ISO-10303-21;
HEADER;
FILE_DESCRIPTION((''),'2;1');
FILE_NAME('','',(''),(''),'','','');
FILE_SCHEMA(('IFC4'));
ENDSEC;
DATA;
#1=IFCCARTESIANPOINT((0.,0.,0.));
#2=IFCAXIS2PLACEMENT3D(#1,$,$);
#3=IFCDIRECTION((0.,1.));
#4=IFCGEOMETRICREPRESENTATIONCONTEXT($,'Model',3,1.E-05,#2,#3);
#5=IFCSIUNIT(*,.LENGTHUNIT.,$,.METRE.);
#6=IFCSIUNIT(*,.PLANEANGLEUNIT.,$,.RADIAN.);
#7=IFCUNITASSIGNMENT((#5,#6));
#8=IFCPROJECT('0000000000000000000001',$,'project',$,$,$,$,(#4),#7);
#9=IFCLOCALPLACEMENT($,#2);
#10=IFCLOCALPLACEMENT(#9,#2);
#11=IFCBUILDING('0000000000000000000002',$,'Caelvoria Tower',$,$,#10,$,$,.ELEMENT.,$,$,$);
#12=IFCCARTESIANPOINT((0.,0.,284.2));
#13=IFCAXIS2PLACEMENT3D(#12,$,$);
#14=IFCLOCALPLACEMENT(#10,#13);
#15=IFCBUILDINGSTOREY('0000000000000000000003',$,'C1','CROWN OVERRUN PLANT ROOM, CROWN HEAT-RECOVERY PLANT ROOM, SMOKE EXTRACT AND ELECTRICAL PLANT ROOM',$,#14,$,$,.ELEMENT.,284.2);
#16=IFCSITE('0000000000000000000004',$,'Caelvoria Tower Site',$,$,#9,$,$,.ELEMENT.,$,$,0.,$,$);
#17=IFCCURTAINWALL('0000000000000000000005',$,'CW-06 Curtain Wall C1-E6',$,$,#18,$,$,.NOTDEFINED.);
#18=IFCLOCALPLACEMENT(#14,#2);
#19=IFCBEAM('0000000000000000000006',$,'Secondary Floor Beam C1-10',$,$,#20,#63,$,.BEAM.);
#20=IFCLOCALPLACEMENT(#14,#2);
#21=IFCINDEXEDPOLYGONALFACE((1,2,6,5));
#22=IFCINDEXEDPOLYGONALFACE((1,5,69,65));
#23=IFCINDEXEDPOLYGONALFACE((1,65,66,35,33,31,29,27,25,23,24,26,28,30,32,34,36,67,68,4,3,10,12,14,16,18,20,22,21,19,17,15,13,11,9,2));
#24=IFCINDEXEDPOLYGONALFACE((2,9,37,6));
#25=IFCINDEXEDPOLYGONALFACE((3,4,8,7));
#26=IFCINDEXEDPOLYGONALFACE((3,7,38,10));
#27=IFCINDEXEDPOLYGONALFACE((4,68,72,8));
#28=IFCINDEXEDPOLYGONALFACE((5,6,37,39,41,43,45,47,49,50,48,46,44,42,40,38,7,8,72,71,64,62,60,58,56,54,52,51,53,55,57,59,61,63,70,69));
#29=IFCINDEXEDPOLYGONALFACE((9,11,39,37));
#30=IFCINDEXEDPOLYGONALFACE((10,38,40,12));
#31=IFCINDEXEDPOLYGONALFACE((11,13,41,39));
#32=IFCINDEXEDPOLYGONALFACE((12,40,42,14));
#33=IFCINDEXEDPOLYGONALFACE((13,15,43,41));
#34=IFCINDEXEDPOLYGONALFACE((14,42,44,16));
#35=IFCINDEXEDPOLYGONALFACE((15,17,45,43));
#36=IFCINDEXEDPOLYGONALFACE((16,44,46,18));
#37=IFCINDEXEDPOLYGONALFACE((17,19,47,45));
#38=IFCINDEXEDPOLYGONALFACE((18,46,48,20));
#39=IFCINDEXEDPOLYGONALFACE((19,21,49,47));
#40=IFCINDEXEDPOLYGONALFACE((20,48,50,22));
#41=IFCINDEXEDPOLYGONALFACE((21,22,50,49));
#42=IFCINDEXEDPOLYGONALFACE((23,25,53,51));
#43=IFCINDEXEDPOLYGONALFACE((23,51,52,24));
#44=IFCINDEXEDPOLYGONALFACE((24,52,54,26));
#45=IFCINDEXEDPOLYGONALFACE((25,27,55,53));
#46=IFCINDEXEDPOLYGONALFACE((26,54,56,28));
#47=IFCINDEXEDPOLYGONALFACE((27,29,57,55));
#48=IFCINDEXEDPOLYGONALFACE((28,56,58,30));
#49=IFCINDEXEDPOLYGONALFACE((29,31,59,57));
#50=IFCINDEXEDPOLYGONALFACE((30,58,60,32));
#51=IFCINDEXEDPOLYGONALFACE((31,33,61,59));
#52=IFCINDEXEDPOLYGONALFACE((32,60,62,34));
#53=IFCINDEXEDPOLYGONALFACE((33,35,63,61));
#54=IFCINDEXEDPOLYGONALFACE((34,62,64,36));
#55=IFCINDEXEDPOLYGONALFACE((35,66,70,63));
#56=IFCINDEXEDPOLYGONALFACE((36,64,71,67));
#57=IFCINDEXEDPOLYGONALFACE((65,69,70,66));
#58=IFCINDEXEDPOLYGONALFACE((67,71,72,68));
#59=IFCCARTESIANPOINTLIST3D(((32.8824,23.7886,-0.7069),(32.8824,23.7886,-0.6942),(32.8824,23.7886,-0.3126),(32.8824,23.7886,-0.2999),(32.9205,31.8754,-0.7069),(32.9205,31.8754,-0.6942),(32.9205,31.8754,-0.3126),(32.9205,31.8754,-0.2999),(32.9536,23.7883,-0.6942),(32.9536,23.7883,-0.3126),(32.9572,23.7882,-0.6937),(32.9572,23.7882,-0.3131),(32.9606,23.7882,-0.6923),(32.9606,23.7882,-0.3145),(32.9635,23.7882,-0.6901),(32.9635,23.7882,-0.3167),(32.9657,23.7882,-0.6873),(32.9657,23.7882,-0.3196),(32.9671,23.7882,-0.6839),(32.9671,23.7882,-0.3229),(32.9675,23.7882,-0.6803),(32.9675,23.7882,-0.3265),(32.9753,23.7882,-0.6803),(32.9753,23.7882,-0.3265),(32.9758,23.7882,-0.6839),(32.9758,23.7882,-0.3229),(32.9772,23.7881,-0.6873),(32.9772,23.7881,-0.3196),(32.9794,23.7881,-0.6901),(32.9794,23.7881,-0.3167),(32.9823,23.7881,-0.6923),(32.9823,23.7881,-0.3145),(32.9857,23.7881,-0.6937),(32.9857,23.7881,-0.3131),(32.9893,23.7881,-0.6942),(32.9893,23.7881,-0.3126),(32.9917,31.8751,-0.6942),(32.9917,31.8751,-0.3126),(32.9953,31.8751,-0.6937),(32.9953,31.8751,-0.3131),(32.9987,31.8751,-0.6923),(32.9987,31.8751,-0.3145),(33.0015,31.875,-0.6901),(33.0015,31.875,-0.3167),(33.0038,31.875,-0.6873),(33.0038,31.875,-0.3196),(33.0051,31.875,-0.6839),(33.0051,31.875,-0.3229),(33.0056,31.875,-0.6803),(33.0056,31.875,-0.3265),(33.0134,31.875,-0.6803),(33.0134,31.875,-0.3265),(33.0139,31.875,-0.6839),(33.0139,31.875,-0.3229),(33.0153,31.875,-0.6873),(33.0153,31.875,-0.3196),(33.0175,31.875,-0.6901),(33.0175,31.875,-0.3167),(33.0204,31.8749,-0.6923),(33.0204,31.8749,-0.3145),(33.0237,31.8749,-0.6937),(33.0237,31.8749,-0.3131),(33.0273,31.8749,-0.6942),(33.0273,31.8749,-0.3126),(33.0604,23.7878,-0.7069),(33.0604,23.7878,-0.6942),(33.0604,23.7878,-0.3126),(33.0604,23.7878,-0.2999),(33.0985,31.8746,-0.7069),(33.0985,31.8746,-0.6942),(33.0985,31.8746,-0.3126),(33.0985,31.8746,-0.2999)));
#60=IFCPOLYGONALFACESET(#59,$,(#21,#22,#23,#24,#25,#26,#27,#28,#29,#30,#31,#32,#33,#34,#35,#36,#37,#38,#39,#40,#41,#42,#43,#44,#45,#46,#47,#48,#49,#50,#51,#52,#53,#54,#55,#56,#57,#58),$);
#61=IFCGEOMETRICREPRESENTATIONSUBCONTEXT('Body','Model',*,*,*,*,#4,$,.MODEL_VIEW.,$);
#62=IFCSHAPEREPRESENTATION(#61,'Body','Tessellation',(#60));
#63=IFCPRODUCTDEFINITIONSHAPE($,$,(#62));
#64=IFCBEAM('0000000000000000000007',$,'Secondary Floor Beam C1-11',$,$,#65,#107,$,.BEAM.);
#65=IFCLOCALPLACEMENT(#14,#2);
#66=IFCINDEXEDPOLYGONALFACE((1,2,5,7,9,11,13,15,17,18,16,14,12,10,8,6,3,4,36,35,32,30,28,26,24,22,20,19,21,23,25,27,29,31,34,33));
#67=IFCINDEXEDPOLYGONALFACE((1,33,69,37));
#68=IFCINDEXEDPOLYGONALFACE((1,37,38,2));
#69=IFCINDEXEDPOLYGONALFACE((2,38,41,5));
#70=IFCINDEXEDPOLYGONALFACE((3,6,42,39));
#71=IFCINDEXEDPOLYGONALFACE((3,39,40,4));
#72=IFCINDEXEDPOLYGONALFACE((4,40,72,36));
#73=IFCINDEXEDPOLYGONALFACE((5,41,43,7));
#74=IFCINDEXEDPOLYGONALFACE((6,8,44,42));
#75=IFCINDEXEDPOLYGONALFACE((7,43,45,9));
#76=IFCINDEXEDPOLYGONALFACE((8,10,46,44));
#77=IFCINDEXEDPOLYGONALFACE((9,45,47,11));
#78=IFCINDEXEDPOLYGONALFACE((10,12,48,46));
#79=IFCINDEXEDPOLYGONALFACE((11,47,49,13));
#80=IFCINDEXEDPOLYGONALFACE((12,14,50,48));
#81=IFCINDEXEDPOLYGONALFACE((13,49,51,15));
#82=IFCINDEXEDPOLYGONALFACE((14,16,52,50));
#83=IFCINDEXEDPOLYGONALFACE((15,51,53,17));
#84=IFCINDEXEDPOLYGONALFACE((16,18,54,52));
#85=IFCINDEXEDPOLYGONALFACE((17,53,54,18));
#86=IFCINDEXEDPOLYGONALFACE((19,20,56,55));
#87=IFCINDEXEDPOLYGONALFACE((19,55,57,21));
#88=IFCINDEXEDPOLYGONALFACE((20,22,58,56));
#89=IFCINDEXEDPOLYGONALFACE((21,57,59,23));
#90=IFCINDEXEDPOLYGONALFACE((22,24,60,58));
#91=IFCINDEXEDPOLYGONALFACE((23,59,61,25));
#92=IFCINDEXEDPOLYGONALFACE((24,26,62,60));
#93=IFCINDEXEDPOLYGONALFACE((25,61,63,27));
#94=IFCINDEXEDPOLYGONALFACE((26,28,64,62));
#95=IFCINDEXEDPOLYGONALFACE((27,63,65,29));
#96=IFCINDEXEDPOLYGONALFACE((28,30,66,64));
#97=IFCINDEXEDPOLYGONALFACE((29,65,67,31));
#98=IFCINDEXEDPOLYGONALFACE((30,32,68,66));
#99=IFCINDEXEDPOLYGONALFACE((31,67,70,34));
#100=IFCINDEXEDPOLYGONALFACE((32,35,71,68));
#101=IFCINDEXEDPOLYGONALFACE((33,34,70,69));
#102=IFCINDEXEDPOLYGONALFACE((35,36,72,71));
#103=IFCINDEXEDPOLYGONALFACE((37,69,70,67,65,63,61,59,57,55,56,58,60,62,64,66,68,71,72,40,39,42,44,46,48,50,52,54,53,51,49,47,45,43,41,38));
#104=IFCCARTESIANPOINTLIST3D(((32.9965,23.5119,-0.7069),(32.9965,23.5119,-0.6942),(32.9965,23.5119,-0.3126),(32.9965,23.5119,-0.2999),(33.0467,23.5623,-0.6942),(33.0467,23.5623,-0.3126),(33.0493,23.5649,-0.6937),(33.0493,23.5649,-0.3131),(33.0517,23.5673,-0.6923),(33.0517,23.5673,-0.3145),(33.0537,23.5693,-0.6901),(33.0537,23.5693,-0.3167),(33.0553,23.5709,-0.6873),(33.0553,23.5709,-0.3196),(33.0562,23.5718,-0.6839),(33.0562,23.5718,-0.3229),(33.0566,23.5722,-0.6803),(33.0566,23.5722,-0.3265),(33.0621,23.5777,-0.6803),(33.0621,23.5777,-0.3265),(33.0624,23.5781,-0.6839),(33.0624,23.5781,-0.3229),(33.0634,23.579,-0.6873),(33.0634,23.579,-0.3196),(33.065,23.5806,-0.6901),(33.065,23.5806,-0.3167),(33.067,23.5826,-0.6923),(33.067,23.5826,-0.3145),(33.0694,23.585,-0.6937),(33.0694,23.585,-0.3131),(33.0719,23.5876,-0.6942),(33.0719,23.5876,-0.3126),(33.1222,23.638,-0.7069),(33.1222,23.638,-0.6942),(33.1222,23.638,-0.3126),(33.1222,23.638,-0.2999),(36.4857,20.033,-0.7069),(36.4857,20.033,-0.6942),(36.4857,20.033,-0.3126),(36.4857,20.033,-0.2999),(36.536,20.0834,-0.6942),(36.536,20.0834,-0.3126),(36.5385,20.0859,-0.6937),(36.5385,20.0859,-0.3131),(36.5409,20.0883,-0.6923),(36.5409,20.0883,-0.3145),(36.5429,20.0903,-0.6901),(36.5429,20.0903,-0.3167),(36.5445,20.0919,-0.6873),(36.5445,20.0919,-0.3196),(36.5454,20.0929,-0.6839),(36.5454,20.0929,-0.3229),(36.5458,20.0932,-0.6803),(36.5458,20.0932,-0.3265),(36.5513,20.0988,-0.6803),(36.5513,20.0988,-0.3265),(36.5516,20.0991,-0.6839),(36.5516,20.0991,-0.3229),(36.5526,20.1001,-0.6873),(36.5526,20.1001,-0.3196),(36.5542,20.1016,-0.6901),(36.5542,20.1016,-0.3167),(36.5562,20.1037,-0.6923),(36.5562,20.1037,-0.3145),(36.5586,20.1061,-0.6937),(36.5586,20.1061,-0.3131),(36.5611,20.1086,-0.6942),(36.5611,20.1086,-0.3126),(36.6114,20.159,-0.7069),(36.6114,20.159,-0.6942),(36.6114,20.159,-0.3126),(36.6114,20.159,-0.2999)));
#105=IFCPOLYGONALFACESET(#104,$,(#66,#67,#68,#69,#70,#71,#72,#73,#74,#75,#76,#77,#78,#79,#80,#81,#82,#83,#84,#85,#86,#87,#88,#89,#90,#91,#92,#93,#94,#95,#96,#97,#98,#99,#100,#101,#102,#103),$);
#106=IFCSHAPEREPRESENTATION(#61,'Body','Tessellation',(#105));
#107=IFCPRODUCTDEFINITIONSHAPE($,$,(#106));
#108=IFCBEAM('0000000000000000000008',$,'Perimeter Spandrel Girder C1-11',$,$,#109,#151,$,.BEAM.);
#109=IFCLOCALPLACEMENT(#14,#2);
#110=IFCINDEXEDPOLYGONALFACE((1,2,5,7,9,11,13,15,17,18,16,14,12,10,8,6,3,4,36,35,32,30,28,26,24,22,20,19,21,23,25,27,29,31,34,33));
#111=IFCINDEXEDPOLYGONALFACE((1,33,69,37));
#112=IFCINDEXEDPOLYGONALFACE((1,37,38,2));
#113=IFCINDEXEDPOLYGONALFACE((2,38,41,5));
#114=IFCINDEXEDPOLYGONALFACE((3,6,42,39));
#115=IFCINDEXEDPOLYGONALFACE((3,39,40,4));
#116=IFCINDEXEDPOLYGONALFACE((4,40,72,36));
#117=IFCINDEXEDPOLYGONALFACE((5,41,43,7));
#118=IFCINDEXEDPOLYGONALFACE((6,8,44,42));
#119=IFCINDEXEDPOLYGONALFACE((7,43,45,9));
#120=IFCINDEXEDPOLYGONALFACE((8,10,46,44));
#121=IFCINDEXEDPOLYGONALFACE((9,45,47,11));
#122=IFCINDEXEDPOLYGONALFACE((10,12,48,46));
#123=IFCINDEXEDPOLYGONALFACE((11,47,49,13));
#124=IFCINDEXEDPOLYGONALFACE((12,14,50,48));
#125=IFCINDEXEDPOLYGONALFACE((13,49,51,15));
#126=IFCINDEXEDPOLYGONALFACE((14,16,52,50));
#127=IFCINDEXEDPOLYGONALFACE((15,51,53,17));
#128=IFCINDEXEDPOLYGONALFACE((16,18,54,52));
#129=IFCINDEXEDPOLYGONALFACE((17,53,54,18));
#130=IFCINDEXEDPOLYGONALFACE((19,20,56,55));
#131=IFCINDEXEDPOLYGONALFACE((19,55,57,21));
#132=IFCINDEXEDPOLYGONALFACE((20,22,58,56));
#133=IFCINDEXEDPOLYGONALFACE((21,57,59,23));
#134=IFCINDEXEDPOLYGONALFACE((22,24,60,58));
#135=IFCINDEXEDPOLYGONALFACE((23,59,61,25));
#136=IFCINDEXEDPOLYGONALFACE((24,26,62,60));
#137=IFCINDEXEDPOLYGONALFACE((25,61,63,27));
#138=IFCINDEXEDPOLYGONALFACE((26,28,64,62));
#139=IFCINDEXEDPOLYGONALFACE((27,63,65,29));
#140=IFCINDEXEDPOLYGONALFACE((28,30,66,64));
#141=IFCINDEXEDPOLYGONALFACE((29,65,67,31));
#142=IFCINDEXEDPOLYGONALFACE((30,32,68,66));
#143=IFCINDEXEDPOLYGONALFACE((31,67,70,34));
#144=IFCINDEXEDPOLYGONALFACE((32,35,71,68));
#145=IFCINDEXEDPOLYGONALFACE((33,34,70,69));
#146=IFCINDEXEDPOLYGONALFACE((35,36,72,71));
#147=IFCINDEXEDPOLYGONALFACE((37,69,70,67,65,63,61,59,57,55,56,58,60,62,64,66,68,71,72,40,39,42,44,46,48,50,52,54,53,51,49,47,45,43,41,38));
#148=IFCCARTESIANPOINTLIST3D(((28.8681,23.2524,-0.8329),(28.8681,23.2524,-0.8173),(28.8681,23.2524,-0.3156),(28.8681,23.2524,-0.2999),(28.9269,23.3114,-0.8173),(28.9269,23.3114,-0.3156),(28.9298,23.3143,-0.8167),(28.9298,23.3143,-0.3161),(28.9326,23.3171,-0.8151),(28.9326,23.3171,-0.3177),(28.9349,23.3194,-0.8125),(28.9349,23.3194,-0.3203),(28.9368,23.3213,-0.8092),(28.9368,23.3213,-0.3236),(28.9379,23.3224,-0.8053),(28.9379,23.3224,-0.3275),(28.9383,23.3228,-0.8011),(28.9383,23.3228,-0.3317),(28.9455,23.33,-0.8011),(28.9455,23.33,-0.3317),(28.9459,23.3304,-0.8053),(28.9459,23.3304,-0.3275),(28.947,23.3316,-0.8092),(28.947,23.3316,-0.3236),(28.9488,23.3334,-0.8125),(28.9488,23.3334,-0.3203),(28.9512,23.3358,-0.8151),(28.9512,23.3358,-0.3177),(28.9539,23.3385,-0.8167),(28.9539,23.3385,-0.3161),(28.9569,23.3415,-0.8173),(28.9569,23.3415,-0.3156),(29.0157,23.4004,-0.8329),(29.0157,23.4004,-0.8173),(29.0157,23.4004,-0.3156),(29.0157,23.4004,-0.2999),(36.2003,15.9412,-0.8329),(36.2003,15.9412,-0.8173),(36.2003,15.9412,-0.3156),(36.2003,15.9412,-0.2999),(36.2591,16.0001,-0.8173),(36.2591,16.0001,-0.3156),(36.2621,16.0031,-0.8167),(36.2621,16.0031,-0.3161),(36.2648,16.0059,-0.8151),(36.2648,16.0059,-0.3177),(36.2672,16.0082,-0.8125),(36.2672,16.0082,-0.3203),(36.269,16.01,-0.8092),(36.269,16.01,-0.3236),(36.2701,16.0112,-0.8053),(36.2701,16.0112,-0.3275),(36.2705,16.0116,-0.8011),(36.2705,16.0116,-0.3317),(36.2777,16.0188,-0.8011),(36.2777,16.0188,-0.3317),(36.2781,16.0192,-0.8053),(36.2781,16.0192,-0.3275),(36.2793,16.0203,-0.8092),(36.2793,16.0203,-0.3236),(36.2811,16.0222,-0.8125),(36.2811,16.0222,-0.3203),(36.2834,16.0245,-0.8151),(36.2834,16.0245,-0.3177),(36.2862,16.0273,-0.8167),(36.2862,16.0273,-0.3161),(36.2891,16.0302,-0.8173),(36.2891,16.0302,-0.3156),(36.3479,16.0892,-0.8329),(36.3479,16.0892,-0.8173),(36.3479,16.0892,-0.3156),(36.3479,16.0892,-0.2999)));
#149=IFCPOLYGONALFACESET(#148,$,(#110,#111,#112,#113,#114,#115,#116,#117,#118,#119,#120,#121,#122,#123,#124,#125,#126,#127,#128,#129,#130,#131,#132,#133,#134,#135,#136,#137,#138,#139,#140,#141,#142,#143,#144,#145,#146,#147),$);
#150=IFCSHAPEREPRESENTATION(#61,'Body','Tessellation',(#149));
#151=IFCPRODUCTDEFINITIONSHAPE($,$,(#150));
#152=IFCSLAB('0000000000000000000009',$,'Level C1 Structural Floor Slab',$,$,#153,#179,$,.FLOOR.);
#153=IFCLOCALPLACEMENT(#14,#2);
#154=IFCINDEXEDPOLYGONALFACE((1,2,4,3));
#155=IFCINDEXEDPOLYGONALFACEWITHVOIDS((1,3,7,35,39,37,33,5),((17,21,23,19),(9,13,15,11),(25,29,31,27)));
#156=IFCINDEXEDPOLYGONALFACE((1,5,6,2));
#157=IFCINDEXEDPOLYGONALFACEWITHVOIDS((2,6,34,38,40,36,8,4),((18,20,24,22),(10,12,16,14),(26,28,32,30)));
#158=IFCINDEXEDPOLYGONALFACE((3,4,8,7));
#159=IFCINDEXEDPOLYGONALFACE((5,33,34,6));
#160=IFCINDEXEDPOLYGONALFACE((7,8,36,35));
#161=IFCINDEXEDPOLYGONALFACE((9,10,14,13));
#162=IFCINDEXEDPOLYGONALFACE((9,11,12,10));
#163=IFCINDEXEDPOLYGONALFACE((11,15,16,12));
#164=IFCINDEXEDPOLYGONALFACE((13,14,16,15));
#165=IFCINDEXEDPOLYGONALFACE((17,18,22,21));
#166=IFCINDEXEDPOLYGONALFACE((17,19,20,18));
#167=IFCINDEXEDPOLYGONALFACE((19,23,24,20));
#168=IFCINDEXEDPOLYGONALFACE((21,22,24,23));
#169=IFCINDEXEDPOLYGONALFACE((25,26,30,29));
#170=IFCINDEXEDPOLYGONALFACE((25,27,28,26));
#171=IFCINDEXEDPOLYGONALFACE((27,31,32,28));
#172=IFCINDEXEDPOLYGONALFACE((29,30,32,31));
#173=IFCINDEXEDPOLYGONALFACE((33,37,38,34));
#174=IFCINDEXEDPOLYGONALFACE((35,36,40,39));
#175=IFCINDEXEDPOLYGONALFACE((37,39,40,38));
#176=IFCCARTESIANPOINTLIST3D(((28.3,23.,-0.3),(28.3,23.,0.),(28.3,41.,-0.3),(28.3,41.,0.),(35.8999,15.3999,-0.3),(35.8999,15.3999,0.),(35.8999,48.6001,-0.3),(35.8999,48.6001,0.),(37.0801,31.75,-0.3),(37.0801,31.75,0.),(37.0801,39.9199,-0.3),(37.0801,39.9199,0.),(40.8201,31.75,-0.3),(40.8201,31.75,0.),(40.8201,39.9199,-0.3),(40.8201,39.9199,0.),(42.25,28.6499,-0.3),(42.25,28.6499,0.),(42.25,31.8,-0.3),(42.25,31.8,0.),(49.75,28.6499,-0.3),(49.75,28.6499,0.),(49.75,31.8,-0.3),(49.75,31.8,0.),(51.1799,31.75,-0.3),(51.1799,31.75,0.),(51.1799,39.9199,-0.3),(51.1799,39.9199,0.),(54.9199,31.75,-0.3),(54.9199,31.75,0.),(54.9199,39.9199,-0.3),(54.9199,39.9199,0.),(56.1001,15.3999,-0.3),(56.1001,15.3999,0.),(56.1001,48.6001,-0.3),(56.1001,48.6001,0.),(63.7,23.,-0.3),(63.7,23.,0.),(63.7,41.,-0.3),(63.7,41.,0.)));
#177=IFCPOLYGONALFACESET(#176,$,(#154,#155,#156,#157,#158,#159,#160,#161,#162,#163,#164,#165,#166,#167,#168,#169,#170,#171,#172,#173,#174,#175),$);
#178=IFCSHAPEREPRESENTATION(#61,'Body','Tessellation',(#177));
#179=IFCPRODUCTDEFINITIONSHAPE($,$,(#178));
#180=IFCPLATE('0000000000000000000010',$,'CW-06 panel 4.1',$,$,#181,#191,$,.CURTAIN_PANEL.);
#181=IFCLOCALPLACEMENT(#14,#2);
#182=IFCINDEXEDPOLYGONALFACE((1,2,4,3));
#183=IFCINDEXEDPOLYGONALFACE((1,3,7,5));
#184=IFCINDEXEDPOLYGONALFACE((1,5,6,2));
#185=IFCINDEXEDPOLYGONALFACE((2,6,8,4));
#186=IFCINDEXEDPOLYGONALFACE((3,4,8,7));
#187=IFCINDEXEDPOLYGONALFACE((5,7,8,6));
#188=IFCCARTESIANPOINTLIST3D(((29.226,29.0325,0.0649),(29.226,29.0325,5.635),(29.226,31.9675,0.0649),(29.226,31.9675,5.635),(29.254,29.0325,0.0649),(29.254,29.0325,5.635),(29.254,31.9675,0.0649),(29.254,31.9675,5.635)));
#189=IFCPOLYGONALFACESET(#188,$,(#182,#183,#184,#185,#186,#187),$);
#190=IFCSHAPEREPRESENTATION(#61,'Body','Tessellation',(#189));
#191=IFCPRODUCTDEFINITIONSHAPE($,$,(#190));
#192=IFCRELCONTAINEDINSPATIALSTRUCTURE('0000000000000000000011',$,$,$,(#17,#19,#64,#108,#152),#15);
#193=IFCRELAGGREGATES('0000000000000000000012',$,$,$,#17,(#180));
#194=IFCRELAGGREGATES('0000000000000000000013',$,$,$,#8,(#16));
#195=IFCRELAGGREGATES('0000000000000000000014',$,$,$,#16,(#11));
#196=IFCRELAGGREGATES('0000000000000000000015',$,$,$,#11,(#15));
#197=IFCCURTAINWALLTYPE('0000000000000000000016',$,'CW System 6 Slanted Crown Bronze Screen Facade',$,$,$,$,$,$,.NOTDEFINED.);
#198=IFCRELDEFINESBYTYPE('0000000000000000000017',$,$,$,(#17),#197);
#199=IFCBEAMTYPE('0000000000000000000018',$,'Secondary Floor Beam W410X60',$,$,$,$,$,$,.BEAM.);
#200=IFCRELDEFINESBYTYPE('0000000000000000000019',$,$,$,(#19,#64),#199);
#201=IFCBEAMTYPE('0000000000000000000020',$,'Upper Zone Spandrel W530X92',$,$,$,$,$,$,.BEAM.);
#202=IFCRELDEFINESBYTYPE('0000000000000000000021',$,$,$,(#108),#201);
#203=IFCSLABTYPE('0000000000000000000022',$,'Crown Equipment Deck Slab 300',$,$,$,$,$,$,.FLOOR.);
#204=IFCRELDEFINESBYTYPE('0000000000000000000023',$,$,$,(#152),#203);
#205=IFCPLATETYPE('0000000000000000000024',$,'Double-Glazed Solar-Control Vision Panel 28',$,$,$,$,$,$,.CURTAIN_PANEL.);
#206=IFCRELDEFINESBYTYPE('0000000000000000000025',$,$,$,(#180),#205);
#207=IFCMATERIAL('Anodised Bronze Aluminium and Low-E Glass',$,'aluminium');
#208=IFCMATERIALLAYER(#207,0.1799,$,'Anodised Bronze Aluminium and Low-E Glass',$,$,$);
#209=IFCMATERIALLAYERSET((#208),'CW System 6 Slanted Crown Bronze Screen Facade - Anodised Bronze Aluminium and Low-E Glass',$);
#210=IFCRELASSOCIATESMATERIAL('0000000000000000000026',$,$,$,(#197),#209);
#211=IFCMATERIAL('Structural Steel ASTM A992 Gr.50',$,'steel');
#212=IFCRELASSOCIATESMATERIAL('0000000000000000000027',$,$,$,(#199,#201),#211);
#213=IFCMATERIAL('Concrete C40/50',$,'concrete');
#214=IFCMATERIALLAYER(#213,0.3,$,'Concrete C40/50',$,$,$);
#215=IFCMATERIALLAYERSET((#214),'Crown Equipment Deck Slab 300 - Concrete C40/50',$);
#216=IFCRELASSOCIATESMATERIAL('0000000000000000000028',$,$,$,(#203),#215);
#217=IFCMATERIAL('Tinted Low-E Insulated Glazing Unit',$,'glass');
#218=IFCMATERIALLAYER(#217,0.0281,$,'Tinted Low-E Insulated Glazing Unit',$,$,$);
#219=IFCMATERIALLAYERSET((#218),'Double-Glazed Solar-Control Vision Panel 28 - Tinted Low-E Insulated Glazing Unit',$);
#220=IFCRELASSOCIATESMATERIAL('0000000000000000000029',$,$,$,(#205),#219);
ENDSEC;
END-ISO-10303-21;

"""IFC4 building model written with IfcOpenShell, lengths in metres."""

from ifc_helpers import new_model, si_unit, direction, frame, origin, origin_2d, place, context, subcontext, project, spatial, polyline, rectangle, i_section, outline, extrude, material, layer, layer_set, material_profile, profile_set, type_object, element, aggregate, save


model = new_model("IFC4")

# Units and contexts
model_context = context("Model", 3, precision=1e-05, world=origin(), true_north=direction((0.0, 1.0)))
body_context = subcontext(model_context, "Body", "Model", "MODEL_VIEW")
ifc_project = project(units=[si_unit("LENGTHUNIT", "METRE"), si_unit("PLANEANGLEUNIT", "RADIAN")], contexts=[model_context])

# Site, building, storey
site_placement = place(None, origin())
site = spatial("IfcSite", under=ifc_project, at=site_placement, Name="Caelvoria Tower Site", CompositionType="ELEMENT", RefElevation=0.0)
building_placement = place(site_placement, origin())
building = spatial("IfcBuilding", under=site, at=building_placement, Name="Caelvoria Tower", CompositionType="ELEMENT")
storey_placement = place(building_placement, frame((0.0, 0.0, 284.2)))
storey = spatial("IfcBuildingStorey", under=building, at=storey_placement, Name="C1", Description="CROWN OVERRUN PLANT ROOM, CROWN HEAT-RECOVERY PLANT ROOM, SMOKE EXTRACT AND ELECTRICAL PLANT ROOM", CompositionType="ELEMENT", Elevation=284.2)

# Shared definitions
ifc_material_1 = material(Name="Structural Steel ASTM A992 Gr.50", Category="steel")

# Curtain wall
ifc_material_2 = material(Name="Anodised Bronze Aluminium and Low-E Glass", Category="aluminium")
ifc_layer_1 = layer(ifc_material_2, 0.1799, Name="Anodised Bronze Aluminium and Low-E Glass")
ifc_layer_set_1 = layer_set([ifc_layer_1], Name="CW System 6 Slanted Crown Bronze Screen Facade - Anodised Bronze Aluminium and Low-E Glass")
curtain_wall_type = type_object("IfcCurtainWallType", Name="CW System 6 Slanted Crown Bronze Screen Facade", PredefinedType="NOTDEFINED", material=ifc_layer_set_1)
curtain_wall_1_placement = place(storey_placement, origin())
curtain_wall_1 = element("IfcCurtainWall", 1, at=curtain_wall_1_placement, inside=storey, type_object=curtain_wall_type, Name="CW-06 Curtain Wall C1-E6", PredefinedType="NOTDEFINED")

# Beams
ifc_material_profile_1 = material_profile(ifc_material_1, i_section(OverallWidth=0.178, OverallDepth=0.407, WebThickness=0.0078, FlangeThickness=0.0127, FilletRadius=0.0139, at=origin_2d()), Name="Structural Steel ASTM A992 Gr.50")
ifc_profile_set_1 = profile_set([ifc_material_profile_1], Name="W410X60 - Structural Steel ASTM A992 Gr.50")
beam_type_1 = type_object("IfcBeamType", Name="Secondary Floor Beam W410X60", PredefinedType="BEAM", material=ifc_profile_set_1)
beam_1_placement = place(storey_placement, frame((33.0095, 31.875, -0.5034), z_axis=(-0.00471, -0.999989, 0.0), x_axis=(0.999989, -0.00471, 0.0)))
element("IfcBeam", 2, at=beam_1_placement, inside=storey, type_object=beam_type_1, Name="Secondary Floor Beam C1-10", PredefinedType="BEAM", context=body_context, shape_type="SweptSolid", body=[
    extrude(i_section(OverallWidth=0.178, OverallDepth=0.407, WebThickness=0.0078, FlangeThickness=0.0127, FilletRadius=0.0139, at=origin_2d()), origin(), (0.0, 0.0, 1.0), 8.0869),
])
beam_2_placement = place(storey_placement, frame((33.0593, 23.575, -0.5034), z_axis=(0.708147, -0.706065, 0.0), x_axis=(0.706065, 0.708147, 0.0)))
element("IfcBeam", 3, at=beam_2_placement, inside=storey, type_object=beam_type_1, Name="Secondary Floor Beam C1-11", PredefinedType="BEAM", context=body_context, shape_type="SweptSolid", body=[
    extrude(i_section(OverallWidth=0.178, OverallDepth=0.407, WebThickness=0.0078, FlangeThickness=0.0127, FilletRadius=0.0139, at=origin_2d()), origin(), (0.0, 0.0, 1.0), 4.9272),
])
ifc_material_profile_2 = material_profile(ifc_material_1, i_section(OverallWidth=0.209, OverallDepth=0.533, WebThickness=0.0103, FlangeThickness=0.0156, FilletRadius=0.0161, at=origin_2d()), Name="Structural Steel ASTM A992 Gr.50")
ifc_profile_set_2 = profile_set([ifc_material_profile_2], Name="W530X92 - Structural Steel ASTM A992 Gr.50")
beam_type_2 = type_object("IfcBeamType", Name="Upper Zone Spandrel W530X92", PredefinedType="BEAM", material=ifc_profile_set_2)
beam_3_placement = place(storey_placement, frame((28.9419, 23.3264, -0.5664), z_axis=(0.70812, -0.706092, 0.0), x_axis=(0.706092, 0.70812, 0.0)))
element("IfcBeam", 4, at=beam_3_placement, inside=storey, type_object=beam_type_2, Name="Perimeter Spandrel Girder C1-11", PredefinedType="BEAM", context=body_context, shape_type="SweptSolid", body=[
    extrude(i_section(OverallWidth=0.209, OverallDepth=0.533, WebThickness=0.0103, FlangeThickness=0.0156, FilletRadius=0.0161, at=origin_2d()), origin(), (0.0, 0.0, 1.0), 10.3545),
])

# Slab
ifc_material_3 = material(Name="Concrete C40/50", Category="concrete")
ifc_layer_2 = layer(ifc_material_3, 0.3, Name="Concrete C40/50")
ifc_layer_set_2 = layer_set([ifc_layer_2], Name="Crown Equipment Deck Slab 300 - Concrete C40/50")
slab_type_1 = type_object("IfcSlabType", Name="Crown Equipment Deck Slab 300", PredefinedType="FLOOR", material=ifc_layer_set_2)
slab_1_placement = place(storey_placement, frame((0.0, 0.0, -0.3)))
element("IfcSlab", 5, at=slab_1_placement, inside=storey, type_object=slab_type_1, Name="Level C1 Structural Floor Slab", PredefinedType="FLOOR", context=body_context, shape_type="SweptSolid", body=[
    extrude(outline(polyline([(35.8999, 15.3999), (56.1001, 15.3999), (63.7, 23.0), (63.7, 41.0), (56.1001, 48.6001), (35.8999, 48.6001), (28.3, 41.0), (28.3, 23.0), (35.8999, 15.3999)]), holes=[polyline([(37.0801, 31.75), (40.8201, 31.75), (40.8201, 39.9199), (37.0801, 39.9199), (37.0801, 31.75)]), polyline([(51.1799, 31.75), (54.9199, 31.75), (54.9199, 39.9199), (51.1799, 39.9199), (51.1799, 31.75)]), polyline([(42.25, 28.6499), (49.75, 28.6499), (49.75, 31.8), (42.25, 31.8), (42.25, 28.6499)])]), origin(), (0.0, 0.0, 1.0), 0.3),
])

# Plate
ifc_material_4 = material(Name="Tinted Low-E Insulated Glazing Unit", Category="glass")
ifc_layer_3 = layer(ifc_material_4, 0.0281, Name="Tinted Low-E Insulated Glazing Unit")
ifc_layer_set_3 = layer_set([ifc_layer_3], Name="Double-Glazed Solar-Control Vision Panel 28 - Tinted Low-E Insulated Glazing Unit")
plate_type = type_object("IfcPlateType", Name="Double-Glazed Solar-Control Vision Panel 28", PredefinedType="CURTAIN_PANEL", material=ifc_layer_set_3)
plate_1_placement = place(storey_placement, frame((29.24, 30.5, 0.0649), z_axis=(0.0, 0.0, 1.0), x_axis=(0.0, -1.0, 0.0)))
plate_1 = element("IfcPlate", 6, at=plate_1_placement, type_object=plate_type, Name="CW-06 panel 4.1", PredefinedType="CURTAIN_PANEL", context=body_context, shape_type="SweptSolid", body=[
    extrude(rectangle(XDim=2.9351, YDim=0.0281, at=origin_2d()), origin(), (0.0, 0.0, 1.0), 5.5701),
])
aggregate(curtain_wall_1, [plate_1])

save(model, "model.ifc")
